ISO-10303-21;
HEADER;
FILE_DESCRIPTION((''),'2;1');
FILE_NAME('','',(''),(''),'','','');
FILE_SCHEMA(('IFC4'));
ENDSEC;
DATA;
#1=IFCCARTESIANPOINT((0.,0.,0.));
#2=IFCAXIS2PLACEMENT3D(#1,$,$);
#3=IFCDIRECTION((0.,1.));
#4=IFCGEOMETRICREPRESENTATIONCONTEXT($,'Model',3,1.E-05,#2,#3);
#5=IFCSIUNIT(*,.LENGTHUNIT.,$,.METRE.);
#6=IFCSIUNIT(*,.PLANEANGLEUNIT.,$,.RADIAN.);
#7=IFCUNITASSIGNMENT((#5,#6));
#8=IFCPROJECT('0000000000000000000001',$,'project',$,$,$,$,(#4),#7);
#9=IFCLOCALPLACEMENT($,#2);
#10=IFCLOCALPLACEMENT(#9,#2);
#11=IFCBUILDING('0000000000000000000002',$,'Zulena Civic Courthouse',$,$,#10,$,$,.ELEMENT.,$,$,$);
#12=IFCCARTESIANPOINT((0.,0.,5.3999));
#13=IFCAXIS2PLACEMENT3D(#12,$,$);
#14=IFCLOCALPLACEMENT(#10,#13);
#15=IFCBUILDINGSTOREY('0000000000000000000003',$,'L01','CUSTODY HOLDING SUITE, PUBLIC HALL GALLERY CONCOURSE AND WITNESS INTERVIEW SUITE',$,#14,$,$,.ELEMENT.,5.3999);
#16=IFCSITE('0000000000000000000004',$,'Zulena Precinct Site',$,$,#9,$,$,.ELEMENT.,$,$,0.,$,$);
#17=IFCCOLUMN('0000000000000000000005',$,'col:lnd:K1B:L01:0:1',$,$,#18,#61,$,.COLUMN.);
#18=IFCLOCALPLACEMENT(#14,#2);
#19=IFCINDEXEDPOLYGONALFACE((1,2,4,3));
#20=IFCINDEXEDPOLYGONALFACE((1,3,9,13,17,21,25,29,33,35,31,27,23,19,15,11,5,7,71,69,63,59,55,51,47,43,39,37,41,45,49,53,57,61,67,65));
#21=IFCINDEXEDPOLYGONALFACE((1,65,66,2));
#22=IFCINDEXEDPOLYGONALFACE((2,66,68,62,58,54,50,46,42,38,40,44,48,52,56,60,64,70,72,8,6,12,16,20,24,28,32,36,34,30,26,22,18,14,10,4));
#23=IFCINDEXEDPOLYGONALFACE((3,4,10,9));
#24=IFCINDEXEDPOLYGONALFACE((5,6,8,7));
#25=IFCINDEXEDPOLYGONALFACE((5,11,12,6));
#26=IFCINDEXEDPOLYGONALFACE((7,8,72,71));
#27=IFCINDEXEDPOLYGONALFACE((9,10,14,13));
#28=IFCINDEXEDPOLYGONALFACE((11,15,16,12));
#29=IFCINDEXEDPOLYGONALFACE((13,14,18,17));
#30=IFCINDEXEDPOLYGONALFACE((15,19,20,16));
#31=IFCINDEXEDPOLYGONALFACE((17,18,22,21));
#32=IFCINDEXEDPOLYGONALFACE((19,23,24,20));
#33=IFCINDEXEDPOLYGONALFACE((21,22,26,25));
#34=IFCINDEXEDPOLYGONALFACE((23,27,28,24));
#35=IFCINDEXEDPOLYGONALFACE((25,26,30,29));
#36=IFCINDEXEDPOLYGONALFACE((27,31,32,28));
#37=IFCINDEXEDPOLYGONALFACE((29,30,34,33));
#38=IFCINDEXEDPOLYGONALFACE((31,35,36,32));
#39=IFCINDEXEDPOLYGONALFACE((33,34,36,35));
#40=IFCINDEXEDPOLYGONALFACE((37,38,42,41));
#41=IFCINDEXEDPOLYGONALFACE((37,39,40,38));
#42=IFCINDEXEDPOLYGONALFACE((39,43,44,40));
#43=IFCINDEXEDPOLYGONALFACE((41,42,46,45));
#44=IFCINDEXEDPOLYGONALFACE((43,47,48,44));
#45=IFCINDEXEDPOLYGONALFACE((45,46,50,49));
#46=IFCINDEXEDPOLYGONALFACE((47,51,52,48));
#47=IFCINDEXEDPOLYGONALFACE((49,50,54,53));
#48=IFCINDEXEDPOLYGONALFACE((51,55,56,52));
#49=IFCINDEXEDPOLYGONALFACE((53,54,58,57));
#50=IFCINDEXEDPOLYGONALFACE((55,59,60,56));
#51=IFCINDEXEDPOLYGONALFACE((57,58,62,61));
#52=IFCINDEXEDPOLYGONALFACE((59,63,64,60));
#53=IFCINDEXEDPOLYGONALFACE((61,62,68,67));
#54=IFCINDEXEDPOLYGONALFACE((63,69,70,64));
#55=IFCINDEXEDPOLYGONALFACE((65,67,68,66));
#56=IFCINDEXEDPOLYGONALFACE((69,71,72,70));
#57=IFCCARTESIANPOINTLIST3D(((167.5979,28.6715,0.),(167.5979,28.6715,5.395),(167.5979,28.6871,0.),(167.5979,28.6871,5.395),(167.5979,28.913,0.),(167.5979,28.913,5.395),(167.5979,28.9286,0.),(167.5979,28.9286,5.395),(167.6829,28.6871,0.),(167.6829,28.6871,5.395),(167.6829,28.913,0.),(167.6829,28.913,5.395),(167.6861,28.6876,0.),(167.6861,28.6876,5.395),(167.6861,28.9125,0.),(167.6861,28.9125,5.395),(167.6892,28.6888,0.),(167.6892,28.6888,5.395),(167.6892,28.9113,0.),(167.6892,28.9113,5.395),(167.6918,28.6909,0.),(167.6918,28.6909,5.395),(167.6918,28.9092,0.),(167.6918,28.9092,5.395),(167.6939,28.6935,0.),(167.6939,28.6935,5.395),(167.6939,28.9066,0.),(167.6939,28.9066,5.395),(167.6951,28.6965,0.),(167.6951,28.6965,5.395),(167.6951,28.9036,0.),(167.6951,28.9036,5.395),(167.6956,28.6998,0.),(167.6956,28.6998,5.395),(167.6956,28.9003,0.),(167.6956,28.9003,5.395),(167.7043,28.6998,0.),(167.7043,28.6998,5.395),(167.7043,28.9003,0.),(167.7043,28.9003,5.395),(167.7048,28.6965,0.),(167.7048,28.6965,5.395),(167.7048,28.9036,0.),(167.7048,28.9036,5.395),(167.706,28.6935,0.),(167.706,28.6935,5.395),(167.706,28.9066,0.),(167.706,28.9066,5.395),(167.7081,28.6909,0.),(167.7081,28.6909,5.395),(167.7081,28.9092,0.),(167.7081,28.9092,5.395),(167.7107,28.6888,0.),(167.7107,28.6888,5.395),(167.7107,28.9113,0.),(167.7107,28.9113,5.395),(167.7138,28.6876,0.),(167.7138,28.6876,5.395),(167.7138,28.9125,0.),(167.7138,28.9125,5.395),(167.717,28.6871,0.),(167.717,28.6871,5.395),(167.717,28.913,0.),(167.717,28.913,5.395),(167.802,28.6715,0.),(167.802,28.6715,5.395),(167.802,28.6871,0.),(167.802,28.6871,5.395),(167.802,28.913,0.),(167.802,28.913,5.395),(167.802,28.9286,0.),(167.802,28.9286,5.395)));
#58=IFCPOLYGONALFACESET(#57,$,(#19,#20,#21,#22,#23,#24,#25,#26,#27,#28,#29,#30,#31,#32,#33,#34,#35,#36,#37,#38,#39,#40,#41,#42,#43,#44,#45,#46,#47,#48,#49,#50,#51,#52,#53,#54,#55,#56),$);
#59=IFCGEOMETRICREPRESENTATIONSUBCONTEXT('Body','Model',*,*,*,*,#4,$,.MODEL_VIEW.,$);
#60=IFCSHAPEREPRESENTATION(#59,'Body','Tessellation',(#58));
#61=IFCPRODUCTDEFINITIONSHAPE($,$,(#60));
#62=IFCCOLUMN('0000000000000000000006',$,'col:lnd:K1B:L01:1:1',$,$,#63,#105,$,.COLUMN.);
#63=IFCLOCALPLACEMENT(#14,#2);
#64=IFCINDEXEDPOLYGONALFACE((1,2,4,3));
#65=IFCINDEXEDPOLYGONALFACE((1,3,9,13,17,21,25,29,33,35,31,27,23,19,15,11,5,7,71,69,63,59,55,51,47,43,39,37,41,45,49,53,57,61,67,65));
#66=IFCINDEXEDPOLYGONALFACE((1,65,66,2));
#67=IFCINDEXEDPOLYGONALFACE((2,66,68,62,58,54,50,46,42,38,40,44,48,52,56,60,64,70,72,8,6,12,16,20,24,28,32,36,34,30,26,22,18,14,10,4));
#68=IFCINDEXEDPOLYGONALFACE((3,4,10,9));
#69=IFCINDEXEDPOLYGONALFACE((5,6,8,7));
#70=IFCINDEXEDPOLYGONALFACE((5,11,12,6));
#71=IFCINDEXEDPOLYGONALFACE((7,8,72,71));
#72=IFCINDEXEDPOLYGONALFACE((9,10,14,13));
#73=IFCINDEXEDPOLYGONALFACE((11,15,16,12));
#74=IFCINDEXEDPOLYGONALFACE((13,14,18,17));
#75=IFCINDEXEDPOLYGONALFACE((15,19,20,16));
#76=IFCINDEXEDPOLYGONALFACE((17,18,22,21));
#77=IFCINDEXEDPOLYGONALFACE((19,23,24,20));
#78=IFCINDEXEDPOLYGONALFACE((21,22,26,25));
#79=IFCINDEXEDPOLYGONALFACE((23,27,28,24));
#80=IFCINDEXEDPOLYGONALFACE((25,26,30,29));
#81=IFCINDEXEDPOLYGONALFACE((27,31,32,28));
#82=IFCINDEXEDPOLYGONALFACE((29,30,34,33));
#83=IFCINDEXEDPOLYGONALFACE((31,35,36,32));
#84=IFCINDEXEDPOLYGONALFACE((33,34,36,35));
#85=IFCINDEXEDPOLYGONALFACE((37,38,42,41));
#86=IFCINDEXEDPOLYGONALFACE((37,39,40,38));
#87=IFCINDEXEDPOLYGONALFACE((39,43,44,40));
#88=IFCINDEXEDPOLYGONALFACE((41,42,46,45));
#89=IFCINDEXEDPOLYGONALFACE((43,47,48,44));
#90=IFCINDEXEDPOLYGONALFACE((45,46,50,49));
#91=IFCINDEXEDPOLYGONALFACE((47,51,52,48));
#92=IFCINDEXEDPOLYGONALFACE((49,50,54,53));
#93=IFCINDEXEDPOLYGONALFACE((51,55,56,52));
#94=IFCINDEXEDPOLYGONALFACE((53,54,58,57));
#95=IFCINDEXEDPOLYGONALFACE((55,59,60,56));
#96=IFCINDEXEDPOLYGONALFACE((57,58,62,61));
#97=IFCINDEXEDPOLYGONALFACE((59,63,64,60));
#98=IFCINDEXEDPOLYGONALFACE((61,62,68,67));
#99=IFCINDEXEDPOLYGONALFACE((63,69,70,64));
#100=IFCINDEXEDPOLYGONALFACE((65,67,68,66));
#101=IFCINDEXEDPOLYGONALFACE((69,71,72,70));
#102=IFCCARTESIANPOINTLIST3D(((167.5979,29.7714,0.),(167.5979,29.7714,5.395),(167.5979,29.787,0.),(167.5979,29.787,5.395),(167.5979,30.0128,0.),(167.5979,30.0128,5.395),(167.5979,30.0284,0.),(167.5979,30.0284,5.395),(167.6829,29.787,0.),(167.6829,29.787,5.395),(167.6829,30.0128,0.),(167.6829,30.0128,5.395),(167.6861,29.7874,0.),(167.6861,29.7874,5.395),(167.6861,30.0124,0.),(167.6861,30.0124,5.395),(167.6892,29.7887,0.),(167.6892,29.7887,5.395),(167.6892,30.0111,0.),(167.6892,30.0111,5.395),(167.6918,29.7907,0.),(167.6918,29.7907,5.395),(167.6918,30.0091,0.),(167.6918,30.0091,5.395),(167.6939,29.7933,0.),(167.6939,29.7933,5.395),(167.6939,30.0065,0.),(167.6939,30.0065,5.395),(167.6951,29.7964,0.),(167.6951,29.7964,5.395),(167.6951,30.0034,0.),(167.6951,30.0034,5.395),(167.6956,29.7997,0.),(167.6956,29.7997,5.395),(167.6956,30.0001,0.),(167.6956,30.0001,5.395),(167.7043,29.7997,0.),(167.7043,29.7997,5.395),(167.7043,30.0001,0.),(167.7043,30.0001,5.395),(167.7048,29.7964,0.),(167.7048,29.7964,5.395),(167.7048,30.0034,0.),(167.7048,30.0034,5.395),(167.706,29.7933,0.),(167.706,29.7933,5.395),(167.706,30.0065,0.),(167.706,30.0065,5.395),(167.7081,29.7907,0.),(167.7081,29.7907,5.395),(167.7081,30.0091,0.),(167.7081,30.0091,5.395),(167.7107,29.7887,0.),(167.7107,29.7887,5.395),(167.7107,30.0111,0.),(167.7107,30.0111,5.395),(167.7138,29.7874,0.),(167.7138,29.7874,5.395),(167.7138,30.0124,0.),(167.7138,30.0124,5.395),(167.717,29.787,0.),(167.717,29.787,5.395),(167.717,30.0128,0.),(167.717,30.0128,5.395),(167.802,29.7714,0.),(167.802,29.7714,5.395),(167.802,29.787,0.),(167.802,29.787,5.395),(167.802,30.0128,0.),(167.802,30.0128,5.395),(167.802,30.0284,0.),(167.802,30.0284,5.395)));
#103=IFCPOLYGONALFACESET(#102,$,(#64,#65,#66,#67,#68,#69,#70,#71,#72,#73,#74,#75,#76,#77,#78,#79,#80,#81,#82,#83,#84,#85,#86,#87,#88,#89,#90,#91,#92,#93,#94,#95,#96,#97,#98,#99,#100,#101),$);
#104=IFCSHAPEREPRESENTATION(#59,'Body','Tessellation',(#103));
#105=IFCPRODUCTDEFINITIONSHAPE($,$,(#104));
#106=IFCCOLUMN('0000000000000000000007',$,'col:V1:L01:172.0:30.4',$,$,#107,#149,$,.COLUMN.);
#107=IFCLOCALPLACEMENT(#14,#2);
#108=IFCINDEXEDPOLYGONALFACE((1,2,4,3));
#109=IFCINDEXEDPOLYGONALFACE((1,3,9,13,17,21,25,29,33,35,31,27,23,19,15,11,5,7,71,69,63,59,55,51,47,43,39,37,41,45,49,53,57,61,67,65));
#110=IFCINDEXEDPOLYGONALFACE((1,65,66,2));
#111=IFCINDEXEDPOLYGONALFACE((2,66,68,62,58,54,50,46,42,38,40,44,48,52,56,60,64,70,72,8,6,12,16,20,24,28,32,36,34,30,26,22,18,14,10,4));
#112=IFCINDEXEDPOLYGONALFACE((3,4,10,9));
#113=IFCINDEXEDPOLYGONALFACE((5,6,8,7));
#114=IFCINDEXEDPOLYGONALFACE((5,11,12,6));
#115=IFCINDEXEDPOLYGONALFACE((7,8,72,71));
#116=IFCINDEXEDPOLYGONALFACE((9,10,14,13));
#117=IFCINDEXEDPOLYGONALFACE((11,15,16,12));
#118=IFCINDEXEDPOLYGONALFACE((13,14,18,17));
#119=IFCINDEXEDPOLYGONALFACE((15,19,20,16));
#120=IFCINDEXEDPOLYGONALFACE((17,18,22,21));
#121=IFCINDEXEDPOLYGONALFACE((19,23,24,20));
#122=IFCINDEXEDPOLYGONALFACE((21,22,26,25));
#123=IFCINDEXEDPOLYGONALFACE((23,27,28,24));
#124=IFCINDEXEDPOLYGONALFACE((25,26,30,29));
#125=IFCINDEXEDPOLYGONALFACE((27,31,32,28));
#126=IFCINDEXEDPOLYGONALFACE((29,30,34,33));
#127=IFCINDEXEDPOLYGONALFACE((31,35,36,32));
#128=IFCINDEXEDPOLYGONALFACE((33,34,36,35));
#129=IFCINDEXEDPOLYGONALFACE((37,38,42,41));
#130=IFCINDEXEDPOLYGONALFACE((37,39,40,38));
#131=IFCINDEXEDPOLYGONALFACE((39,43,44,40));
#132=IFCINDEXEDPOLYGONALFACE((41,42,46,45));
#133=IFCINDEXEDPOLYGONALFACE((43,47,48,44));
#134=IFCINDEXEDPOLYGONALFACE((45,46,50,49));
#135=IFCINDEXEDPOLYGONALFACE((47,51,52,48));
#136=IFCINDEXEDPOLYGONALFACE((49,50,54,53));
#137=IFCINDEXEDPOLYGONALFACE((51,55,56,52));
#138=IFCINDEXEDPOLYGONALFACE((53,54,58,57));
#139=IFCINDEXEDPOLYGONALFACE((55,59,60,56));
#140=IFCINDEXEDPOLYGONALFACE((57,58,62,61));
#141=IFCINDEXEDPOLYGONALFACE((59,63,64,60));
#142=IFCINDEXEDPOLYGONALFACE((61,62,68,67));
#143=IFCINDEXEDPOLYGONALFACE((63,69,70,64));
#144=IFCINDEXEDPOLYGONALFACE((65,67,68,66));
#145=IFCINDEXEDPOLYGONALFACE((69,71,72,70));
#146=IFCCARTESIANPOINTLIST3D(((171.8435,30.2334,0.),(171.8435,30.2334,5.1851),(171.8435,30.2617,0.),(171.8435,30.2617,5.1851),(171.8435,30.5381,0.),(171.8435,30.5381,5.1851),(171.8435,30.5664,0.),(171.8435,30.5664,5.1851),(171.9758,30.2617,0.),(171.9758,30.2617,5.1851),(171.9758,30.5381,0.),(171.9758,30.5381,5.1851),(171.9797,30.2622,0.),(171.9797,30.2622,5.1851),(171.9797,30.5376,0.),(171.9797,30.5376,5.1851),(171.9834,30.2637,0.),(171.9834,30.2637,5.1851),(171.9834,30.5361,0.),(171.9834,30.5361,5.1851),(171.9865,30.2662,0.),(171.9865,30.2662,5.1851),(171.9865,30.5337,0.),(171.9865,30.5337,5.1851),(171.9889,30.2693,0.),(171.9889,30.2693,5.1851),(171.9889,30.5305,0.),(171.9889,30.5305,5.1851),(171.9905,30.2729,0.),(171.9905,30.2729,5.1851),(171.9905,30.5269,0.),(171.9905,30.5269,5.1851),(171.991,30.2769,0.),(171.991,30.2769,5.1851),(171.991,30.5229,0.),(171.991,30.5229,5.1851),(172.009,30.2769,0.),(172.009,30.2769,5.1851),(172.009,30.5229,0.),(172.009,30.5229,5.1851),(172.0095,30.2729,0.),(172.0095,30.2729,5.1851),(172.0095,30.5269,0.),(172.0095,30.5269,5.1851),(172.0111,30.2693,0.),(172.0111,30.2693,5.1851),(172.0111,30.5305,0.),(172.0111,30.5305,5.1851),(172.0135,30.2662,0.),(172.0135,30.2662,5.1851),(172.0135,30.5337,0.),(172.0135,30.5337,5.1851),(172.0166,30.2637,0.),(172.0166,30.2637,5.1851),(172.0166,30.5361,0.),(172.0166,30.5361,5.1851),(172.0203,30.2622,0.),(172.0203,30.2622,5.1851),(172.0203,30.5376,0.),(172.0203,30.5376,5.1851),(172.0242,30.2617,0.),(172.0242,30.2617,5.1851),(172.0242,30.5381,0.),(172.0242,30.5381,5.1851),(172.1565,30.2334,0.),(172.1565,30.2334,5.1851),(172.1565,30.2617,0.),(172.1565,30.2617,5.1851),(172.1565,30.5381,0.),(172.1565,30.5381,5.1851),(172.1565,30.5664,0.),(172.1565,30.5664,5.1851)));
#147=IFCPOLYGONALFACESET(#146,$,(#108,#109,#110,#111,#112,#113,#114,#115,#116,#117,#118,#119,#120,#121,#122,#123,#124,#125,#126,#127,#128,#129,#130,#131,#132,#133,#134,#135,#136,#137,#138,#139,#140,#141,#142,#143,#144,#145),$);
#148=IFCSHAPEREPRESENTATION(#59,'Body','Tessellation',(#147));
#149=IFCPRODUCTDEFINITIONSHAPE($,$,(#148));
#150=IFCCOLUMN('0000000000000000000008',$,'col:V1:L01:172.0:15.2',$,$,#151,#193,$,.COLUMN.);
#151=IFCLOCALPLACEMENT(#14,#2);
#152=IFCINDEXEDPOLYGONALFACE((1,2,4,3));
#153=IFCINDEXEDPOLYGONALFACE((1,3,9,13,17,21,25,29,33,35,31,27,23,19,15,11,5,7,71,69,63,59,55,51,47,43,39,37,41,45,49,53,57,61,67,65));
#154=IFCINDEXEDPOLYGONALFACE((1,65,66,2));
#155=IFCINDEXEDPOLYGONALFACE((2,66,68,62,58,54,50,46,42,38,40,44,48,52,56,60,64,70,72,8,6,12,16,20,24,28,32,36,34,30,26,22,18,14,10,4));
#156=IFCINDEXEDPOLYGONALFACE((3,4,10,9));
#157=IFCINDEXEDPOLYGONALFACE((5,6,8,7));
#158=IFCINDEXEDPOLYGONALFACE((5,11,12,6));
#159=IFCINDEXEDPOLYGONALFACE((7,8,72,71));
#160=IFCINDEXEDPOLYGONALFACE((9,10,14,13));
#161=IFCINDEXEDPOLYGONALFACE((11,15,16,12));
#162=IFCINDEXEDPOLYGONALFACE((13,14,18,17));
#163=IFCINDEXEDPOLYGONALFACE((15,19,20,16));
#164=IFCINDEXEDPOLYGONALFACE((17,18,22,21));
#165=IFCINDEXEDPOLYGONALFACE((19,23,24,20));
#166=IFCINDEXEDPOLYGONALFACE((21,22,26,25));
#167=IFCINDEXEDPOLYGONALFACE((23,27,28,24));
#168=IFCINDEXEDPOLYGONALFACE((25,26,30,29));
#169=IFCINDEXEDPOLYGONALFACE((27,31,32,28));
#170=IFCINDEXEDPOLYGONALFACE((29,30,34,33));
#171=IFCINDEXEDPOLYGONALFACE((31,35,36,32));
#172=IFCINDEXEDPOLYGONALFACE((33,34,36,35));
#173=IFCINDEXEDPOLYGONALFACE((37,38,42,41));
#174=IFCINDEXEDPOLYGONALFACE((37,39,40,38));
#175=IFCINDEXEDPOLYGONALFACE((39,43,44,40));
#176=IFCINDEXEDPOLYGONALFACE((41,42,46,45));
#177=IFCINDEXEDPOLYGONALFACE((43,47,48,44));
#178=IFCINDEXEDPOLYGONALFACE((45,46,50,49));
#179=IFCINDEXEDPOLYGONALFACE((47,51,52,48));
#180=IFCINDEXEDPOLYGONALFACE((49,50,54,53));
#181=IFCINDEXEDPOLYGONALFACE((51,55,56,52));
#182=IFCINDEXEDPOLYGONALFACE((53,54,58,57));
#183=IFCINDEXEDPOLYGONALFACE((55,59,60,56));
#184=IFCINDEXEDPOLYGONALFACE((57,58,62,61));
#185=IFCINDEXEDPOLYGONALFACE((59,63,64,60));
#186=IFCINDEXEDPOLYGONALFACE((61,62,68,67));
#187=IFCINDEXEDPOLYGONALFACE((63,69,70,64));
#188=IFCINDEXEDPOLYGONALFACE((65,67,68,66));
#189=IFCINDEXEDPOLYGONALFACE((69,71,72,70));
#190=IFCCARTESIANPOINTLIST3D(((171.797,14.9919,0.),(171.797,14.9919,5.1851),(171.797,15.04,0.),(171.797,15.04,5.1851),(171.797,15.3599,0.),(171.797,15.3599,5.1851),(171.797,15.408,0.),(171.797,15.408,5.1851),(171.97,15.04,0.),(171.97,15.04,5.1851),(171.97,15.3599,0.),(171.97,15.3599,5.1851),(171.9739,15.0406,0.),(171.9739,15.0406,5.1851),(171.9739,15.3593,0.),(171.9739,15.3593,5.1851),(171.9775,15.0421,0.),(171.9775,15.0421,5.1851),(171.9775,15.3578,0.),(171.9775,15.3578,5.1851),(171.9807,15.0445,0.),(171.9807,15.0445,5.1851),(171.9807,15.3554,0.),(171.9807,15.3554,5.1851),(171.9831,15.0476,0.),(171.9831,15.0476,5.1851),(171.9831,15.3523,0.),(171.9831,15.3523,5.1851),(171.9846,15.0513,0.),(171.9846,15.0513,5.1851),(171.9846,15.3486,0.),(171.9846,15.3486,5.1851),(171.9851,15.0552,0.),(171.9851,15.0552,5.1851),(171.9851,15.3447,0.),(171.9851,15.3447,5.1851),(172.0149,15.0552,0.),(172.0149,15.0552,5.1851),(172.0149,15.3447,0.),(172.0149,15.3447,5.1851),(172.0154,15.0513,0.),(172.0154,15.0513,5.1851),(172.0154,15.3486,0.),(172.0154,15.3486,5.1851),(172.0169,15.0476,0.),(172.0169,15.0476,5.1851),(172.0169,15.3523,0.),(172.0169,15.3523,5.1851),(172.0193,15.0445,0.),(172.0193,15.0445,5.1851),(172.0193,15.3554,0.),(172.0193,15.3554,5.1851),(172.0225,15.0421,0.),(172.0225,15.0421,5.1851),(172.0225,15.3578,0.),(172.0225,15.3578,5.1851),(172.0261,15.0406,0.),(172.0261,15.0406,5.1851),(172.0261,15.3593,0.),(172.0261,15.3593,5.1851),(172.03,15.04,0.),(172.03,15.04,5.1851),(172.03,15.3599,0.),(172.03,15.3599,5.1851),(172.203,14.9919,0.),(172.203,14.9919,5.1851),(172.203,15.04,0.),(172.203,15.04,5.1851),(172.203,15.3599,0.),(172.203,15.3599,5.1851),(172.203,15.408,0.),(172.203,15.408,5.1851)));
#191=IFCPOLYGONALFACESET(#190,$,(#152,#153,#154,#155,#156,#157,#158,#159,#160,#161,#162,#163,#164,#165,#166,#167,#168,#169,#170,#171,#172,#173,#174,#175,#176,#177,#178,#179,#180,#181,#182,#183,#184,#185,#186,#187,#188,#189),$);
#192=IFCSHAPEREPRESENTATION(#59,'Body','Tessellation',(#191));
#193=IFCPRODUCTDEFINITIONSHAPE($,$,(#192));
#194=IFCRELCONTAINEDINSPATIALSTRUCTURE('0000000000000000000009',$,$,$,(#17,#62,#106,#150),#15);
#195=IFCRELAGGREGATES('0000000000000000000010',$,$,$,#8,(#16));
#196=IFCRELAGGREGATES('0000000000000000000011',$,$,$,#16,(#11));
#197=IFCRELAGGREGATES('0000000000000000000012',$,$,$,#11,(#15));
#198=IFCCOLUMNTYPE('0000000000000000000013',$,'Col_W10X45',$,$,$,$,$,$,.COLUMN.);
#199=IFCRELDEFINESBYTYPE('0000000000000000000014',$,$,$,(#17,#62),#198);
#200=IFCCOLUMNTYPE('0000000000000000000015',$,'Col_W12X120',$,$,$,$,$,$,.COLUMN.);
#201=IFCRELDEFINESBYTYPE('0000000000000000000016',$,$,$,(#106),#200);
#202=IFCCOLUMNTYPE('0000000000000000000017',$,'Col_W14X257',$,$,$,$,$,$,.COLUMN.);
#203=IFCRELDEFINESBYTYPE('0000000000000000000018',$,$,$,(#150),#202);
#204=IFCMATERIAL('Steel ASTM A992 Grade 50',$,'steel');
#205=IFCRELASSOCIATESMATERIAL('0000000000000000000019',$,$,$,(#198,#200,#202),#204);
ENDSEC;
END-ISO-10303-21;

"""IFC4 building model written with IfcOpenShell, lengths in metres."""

from ifc_helpers import new_model, si_unit, direction, frame, origin, origin_2d, place, context, subcontext, project, spatial, i_section, extrude, material, material_profile, profile_set, type_object, element, save


model = new_model("IFC4")

# Units and contexts
model_context = context("Model", 3, precision=1e-05, world=origin(), true_north=direction((0.0, 1.0)))
body_context = subcontext(model_context, "Body", "Model", "MODEL_VIEW")
ifc_project = project(units=[si_unit("LENGTHUNIT", "METRE"), si_unit("PLANEANGLEUNIT", "RADIAN")], contexts=[model_context])

# Site, building, storey
site_placement = place(None, origin())
site = spatial("IfcSite", under=ifc_project, at=site_placement, Name="Zulena Precinct Site", CompositionType="ELEMENT", RefElevation=0.0)
building_placement = place(site_placement, origin())
building = spatial("IfcBuilding", under=site, at=building_placement, Name="Zulena Civic Courthouse", CompositionType="ELEMENT")
storey_placement = place(building_placement, frame((0.0, 0.0, 5.3999)))
storey = spatial("IfcBuildingStorey", under=building, at=storey_placement, Name="L01", Description="CUSTODY HOLDING SUITE, PUBLIC HALL GALLERY CONCOURSE AND WITNESS INTERVIEW SUITE", CompositionType="ELEMENT", Elevation=5.3999)

# Columns
ifc_material_1 = material(Name="Steel ASTM A992 Grade 50", Category="steel")
ifc_material_profile_1 = material_profile(ifc_material_1, i_section(OverallWidth=0.2041, OverallDepth=0.2571, WebThickness=0.0088, FlangeThickness=0.0156, FilletRadius=0.0127, at=origin_2d()), Name="W10X45")
ifc_profile_set_1 = profile_set([ifc_material_profile_1], Name="Steel ASTM A992 Grade 50")
column_type_1 = type_object("IfcColumnType", Name="Col_W10X45", PredefinedType="COLUMN", material=ifc_profile_set_1)
for number, where, z_axis, x_axis, name in (
    (1, (167.7, 28.8, 0.0), (0.0, 0.0, 1.0), (1.0, 0.0, 0.0), "col:lnd:K1B:L01:0:1"),
    (2, (167.7, 29.8999, 0.0), (0.0, 0.0, 1.0), (1.0, 0.0, 0.0), "col:lnd:K1B:L01:1:1"),
):
    element("IfcColumn", number, at=place(storey_placement, frame(where, z_axis=z_axis, x_axis=x_axis)), inside=storey, type_object=column_type_1, Name=name, PredefinedType="COLUMN", context=body_context, shape_type="SweptSolid", body=[
        extrude(i_section(OverallWidth=0.2041, OverallDepth=0.2571, WebThickness=0.0088, FlangeThickness=0.0156, FilletRadius=0.0127, at=origin_2d()), origin(), (0.0, 0.0, 1.0), 5.395),
    ])
ifc_material_profile_2 = material_profile(ifc_material_1, i_section(OverallWidth=0.313, OverallDepth=0.333, WebThickness=0.0181, FlangeThickness=0.0283, FilletRadius=0.0151, at=origin_2d()), Name="W12X120")
ifc_profile_set_2 = profile_set([ifc_material_profile_2], Name="Steel ASTM A992 Grade 50")
column_type_2 = type_object("IfcColumnType", Name="Col_W12X120", PredefinedType="COLUMN", material=ifc_profile_set_2)
column_placement = place(storey_placement, frame((172.0, 30.3999, 0.0), z_axis=(0.0, 0.0, 1.0), x_axis=(1.0, 0.0, 0.0)))
element("IfcColumn", 3, at=column_placement, inside=storey, type_object=column_type_2, Name="col:V1:L01:172.0:30.4", PredefinedType="COLUMN", context=body_context, shape_type="SweptSolid", body=[
    extrude(i_section(OverallWidth=0.313, OverallDepth=0.333, WebThickness=0.0181, FlangeThickness=0.0283, FilletRadius=0.0151, at=origin_2d()), origin(), (0.0, 0.0, 1.0), 5.1851),
])
ifc_material_profile_3 = material_profile(ifc_material_1, i_section(OverallWidth=0.406, OverallDepth=0.416, WebThickness=0.0298, FlangeThickness=0.0481, FilletRadius=0.0151, at=origin_2d()), Name="W14X257")
ifc_profile_set_3 = profile_set([ifc_material_profile_3], Name="Steel ASTM A992 Grade 50")
column_type_3 = type_object("IfcColumnType", Name="Col_W14X257", PredefinedType="COLUMN", material=ifc_profile_set_3)
for number, where, z_axis, x_axis, name in (
    (4, (172.0, 15.2, 0.0), (0.0, 0.0, 1.0), (1.0, 0.0, 0.0), "col:V1:L01:172.0:15.2"),
):
    element("IfcColumn", number, at=place(storey_placement, frame(where, z_axis=z_axis, x_axis=x_axis)), inside=storey, type_object=column_type_3, Name=name, PredefinedType="COLUMN", context=body_context, shape_type="SweptSolid", body=[
        extrude(i_section(OverallWidth=0.406, OverallDepth=0.416, WebThickness=0.0298, FlangeThickness=0.0481, FilletRadius=0.0151, at=origin_2d()), origin(), (0.0, 0.0, 1.0), 5.1851),
    ])

save(model, "model.ifc")
